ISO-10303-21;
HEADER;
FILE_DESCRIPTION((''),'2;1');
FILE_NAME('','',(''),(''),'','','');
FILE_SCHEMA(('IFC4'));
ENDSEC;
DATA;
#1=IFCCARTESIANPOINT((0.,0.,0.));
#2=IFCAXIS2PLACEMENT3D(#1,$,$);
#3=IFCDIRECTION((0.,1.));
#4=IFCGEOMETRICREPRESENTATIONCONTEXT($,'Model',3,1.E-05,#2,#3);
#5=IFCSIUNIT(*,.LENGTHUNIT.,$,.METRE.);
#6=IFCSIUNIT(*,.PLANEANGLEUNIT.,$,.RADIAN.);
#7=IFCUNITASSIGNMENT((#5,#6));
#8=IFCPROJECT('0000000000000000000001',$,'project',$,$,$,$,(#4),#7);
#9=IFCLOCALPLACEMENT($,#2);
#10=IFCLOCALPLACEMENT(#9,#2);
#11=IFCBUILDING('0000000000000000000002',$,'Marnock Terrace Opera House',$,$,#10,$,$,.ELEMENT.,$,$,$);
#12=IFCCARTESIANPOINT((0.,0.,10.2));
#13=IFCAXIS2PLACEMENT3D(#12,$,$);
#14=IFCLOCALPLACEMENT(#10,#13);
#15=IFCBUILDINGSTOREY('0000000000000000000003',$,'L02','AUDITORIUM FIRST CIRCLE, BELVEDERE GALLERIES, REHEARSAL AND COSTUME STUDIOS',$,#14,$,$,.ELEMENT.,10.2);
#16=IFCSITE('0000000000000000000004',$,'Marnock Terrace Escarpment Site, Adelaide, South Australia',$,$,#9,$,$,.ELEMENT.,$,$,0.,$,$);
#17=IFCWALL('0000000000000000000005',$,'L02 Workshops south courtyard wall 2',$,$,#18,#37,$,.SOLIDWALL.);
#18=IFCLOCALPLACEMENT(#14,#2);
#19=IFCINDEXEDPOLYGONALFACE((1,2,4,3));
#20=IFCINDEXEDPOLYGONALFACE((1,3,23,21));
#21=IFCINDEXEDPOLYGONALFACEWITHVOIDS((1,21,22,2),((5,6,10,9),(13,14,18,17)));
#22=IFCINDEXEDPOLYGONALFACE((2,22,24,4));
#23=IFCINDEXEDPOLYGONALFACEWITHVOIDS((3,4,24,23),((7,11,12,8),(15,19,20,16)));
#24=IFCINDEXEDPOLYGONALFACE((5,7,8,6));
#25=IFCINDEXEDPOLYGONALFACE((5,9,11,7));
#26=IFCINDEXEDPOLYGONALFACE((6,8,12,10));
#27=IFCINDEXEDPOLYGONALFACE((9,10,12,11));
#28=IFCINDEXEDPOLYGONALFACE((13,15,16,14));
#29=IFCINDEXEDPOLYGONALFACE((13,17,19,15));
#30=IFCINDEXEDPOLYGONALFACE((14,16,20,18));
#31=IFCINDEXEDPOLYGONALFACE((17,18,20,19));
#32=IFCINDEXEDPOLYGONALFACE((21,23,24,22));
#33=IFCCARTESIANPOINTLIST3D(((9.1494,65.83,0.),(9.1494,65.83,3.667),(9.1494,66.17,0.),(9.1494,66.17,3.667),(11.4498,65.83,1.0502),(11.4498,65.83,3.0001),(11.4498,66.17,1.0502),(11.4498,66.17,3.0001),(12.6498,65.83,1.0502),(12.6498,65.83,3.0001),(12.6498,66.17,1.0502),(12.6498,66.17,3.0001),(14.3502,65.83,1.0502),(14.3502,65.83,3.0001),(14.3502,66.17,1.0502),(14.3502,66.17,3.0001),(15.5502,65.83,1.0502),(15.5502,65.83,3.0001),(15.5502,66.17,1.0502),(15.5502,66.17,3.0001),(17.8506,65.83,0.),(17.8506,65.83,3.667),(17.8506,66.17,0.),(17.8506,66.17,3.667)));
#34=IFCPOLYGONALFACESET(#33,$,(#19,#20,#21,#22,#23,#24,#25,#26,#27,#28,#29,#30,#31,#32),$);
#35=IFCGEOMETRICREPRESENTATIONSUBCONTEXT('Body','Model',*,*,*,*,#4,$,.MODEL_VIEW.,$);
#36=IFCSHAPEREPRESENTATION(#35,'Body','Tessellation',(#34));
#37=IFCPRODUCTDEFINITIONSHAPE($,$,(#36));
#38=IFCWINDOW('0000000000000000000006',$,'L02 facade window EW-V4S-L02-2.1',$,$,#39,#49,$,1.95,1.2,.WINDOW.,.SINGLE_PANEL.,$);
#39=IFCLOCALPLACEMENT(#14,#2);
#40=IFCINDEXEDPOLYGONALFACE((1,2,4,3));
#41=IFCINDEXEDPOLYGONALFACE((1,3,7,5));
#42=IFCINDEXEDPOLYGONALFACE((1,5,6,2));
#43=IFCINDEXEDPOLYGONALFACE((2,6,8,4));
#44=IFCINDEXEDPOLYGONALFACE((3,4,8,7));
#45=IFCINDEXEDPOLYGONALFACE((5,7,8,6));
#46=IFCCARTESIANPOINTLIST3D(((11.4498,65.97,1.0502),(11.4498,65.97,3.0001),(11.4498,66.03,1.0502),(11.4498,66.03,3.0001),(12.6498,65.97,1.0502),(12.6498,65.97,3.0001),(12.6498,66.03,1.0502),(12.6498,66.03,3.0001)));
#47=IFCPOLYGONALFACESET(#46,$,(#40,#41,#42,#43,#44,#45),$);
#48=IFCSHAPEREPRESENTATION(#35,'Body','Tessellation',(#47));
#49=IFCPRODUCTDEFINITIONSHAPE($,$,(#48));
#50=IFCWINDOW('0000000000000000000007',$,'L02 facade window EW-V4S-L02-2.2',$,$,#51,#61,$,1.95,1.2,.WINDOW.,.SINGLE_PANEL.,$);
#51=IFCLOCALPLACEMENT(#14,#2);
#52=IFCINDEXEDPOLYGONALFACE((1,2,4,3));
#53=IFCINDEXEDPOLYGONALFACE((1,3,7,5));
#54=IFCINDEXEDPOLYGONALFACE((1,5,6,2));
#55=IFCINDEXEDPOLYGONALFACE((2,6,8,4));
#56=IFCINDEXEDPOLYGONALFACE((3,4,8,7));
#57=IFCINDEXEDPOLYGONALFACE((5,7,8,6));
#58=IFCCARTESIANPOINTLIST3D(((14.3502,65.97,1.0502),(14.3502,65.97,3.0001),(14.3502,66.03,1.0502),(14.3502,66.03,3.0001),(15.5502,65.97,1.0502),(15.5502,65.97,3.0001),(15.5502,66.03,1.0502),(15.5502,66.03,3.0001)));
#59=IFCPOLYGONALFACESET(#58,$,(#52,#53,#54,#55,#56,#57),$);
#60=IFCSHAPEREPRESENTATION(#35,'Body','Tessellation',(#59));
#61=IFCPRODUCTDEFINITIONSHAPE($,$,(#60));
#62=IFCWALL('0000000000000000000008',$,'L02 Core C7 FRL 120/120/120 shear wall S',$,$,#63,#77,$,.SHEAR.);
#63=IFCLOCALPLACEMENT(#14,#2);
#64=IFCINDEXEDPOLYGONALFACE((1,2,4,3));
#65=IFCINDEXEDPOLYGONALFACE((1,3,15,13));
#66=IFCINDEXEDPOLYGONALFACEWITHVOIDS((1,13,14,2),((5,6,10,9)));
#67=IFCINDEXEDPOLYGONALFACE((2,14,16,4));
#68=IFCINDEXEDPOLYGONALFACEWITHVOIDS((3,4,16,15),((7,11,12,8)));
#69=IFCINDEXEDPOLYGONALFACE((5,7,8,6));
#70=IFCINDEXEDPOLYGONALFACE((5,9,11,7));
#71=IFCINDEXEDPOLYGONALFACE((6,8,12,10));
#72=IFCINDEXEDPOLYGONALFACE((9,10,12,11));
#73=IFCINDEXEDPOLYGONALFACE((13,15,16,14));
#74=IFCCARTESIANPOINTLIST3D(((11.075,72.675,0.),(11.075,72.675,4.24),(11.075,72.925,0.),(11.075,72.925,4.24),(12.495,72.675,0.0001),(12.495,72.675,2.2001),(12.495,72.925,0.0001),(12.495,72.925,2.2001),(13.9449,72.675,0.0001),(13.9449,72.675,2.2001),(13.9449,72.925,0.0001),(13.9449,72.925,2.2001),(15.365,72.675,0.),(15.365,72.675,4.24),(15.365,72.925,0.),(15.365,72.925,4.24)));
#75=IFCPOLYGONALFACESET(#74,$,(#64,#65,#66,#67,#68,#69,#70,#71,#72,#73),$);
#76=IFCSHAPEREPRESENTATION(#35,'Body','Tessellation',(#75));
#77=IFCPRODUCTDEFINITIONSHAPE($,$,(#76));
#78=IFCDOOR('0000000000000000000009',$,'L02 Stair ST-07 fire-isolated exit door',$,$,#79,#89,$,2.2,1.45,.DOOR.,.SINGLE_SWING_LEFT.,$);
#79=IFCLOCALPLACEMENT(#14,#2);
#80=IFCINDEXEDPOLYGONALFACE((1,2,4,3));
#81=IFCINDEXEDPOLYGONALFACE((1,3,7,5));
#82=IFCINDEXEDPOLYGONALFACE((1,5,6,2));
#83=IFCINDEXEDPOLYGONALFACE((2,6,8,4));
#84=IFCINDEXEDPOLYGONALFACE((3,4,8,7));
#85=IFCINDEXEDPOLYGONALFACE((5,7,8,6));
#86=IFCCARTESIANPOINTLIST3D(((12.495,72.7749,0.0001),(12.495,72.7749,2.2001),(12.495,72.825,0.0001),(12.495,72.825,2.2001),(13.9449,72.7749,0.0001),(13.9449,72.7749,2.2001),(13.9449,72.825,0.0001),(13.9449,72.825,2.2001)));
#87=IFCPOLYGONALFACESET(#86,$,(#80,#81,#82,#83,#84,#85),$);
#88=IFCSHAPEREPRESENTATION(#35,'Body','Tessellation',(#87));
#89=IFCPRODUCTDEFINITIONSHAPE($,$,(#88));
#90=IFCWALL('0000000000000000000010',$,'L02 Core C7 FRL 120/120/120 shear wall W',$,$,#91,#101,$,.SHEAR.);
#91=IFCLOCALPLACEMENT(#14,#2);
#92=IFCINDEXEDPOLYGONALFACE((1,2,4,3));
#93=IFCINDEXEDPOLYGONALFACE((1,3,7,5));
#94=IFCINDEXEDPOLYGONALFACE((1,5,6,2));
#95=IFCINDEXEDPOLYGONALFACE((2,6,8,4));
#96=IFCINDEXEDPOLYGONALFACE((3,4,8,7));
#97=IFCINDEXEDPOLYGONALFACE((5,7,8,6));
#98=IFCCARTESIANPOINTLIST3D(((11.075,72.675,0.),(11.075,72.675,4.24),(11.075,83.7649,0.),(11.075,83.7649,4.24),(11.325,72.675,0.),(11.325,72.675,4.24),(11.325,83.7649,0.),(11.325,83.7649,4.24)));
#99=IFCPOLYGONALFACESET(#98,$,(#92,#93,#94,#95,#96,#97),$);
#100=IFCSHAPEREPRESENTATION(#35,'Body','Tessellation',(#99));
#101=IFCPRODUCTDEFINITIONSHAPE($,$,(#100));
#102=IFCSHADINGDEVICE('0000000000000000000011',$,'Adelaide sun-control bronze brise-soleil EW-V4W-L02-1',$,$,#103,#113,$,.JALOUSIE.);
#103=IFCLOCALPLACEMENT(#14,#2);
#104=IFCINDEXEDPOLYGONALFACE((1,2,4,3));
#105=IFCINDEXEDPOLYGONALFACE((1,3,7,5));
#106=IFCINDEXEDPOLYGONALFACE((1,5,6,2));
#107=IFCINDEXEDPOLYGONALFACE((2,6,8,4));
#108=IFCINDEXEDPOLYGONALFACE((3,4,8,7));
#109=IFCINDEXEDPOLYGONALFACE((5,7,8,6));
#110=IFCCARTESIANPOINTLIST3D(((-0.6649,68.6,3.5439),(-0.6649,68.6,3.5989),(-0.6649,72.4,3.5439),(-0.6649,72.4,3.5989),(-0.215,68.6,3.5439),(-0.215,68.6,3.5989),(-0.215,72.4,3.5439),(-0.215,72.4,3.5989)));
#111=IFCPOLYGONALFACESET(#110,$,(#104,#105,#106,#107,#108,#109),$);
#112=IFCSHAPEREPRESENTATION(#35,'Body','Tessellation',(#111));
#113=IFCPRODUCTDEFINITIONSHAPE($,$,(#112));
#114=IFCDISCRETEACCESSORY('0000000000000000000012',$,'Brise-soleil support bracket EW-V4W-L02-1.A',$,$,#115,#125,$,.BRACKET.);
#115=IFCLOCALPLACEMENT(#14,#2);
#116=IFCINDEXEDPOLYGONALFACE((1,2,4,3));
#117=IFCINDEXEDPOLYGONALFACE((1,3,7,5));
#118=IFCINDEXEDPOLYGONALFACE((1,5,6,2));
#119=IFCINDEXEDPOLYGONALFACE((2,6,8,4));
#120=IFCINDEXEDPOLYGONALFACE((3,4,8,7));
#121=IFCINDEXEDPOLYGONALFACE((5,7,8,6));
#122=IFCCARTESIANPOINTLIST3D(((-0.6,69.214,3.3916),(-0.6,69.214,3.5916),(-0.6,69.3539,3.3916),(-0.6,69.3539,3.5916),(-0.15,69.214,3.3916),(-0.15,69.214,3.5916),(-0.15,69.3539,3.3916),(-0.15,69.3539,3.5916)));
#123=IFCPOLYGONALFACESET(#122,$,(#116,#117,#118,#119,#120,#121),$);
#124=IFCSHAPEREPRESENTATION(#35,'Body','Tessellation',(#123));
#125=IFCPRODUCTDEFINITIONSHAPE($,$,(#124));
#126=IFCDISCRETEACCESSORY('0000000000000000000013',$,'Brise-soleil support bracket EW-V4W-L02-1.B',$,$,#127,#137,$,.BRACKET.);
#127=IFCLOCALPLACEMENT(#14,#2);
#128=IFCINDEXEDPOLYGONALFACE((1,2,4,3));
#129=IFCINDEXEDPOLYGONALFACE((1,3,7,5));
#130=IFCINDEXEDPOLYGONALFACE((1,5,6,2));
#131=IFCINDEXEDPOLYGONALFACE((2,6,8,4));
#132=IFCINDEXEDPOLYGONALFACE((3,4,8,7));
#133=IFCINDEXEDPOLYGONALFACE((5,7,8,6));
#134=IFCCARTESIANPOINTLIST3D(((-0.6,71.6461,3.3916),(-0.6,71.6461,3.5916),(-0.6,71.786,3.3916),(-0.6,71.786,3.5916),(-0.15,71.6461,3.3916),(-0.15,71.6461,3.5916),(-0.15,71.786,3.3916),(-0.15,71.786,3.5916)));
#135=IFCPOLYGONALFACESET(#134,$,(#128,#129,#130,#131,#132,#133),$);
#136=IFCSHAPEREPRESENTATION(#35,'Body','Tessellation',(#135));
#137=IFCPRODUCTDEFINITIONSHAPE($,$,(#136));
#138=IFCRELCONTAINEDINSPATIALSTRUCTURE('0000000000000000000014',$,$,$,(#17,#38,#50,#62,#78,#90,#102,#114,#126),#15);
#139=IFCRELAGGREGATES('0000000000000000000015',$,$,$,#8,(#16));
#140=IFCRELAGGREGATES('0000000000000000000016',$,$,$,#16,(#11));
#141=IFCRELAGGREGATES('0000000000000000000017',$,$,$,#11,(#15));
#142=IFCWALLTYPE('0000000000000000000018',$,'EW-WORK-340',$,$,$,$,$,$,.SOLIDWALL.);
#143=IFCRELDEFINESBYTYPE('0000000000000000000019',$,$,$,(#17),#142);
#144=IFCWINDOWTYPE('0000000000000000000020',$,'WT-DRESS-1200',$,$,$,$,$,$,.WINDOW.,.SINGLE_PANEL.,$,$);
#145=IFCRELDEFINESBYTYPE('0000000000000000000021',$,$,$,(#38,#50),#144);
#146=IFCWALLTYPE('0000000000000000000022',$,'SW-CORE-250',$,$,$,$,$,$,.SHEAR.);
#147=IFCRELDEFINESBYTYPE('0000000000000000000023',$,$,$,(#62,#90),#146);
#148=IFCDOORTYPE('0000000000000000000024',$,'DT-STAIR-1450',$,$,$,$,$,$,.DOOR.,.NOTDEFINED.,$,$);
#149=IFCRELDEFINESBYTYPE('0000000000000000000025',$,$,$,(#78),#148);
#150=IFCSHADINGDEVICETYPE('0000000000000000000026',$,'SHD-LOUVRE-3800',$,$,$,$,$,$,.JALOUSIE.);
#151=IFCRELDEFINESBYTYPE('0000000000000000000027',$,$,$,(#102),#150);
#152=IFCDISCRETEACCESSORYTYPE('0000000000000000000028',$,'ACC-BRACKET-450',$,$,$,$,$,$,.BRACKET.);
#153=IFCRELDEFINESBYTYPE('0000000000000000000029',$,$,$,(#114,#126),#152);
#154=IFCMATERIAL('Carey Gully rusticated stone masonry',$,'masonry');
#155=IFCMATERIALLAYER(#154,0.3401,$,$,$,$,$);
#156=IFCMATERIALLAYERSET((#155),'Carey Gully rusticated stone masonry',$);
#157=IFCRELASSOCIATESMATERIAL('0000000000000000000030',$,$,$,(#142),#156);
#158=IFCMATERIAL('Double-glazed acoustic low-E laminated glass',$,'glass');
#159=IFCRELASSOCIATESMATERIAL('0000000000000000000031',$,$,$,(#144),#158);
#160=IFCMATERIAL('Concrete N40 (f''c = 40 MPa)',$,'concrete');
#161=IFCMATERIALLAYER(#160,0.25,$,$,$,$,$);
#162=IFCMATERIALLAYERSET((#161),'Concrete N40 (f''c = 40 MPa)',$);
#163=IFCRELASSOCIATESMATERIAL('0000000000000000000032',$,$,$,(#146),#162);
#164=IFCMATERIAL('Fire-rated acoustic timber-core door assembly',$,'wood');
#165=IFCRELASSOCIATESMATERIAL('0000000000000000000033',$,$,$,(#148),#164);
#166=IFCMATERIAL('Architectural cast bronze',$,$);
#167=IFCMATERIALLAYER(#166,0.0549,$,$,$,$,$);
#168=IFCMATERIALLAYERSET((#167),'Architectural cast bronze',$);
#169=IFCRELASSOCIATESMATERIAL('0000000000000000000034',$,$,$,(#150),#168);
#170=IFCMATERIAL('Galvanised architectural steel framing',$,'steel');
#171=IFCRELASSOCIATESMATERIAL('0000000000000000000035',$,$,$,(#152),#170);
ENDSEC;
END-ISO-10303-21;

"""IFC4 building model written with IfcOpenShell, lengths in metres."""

from ifc_helpers import new_model, si_unit, direction, frame, frame_2d, origin, origin_2d, place, context, subcontext, project, spatial, rectangle, extrude, material, layer, layer_set, type_object, element, fill, save


model = new_model("IFC4")

# Units and contexts
model_context = context("Model", 3, precision=1e-05, world=origin(), true_north=direction((0.0, 1.0)))
body_context = subcontext(model_context, "Body", "Model", "MODEL_VIEW")
ifc_project = project(units=[si_unit("LENGTHUNIT", "METRE"), si_unit("PLANEANGLEUNIT", "RADIAN")], contexts=[model_context])

# Site, building, storey
site_placement = place(None, origin())
site = spatial("IfcSite", under=ifc_project, at=site_placement, Name="Marnock Terrace Escarpment Site, Adelaide, South Australia", CompositionType="ELEMENT", RefElevation=0.0)
building_placement = place(site_placement, origin())
building = spatial("IfcBuilding", under=site, at=building_placement, Name="Marnock Terrace Opera House", CompositionType="ELEMENT")
storey_placement = place(building_placement, frame((0.0, 0.0, 10.2)))
storey = spatial("IfcBuildingStorey", under=building, at=storey_placement, Name="L02", Description="AUDITORIUM FIRST CIRCLE, BELVEDERE GALLERIES, REHEARSAL AND COSTUME STUDIOS", CompositionType="ELEMENT", Elevation=10.2)

# Shared definitions
ifc_material_1 = material(Name="Concrete N40 (f'c = 40 MPa)", Category="concrete")

# Shared definitions
ifc_material_2 = material(Name="Carey Gully rusticated stone masonry", Category="masonry")
ifc_layer_1 = layer(ifc_material_2, 0.3401)
ifc_layer_set_1 = layer_set([ifc_layer_1], Name="Carey Gully rusticated stone masonry")
wall_type_1 = type_object("IfcWallType", Name="EW-WORK-340", PredefinedType="SOLIDWALL", material=ifc_layer_set_1)
ifc_material_3 = material(Name="Double-glazed acoustic low-E laminated glass", Category="glass")

# Wall, openings, windows
window_type_1 = type_object("IfcWindowType", Name="WT-DRESS-1200", PartitioningType="SINGLE_PANEL", PredefinedType="WINDOW", material=ifc_material_3)
wall_1_placement = place(storey_placement, frame((9.1494, 66.0, 0.0), z_axis=(0.0, 0.0, 1.0), x_axis=(1.0, 0.0, 0.0)))
wall_1 = element("IfcWall", 1, at=wall_1_placement, inside=storey, type_object=wall_type_1, Name="L02 Workshops south courtyard wall 2", PredefinedType="SOLIDWALL", context=body_context, shape_type="SweptSolid", body=[
    extrude(rectangle(XDim=8.7012, YDim=0.3401, at=frame_2d((4.3506, 0.0))), origin(), (0.0, 0.0, 1.0), 3.667),
])
opening_1_placement = place(wall_1_placement, frame((2.3003, 0.0, 1.05)))
opening_1 = element("IfcOpeningElement", 2, at=opening_1_placement, cuts=wall_1, PredefinedType="OPENING", context=body_context, shape_type="SweptSolid", body=[
    extrude(rectangle(XDim=1.2, YDim=1.95, at=frame_2d((0.6001, 0.9751))), frame((0.0, 0.1799, 0.0), z_axis=(0.0, -1.0, 0.0), x_axis=(1.0, 0.0, 0.0)), (0.0, 0.0, 1.0), 0.3601),
])
opening_2_placement = place(wall_1_placement, frame((5.2007, 0.0, 1.05)))
opening_2 = element("IfcOpeningElement", 3, at=opening_2_placement, cuts=wall_1, PredefinedType="OPENING", context=body_context, shape_type="SweptSolid", body=[
    extrude(rectangle(XDim=1.2, YDim=1.95, at=frame_2d((0.6001, 0.9751))), frame((0.0, 0.1799, 0.0), z_axis=(0.0, -1.0, 0.0), x_axis=(1.0, 0.0, 0.0)), (0.0, 0.0, 1.0), 0.3601),
])
window_1_placement = place(opening_1_placement, origin())
window_1 = element("IfcWindow", 4, at=window_1_placement, inside=storey, type_object=window_type_1, Name="L02 facade window EW-V4S-L02-2.1", OverallHeight=1.95, OverallWidth=1.2, PartitioningType="SINGLE_PANEL", PredefinedType="WINDOW", context=body_context, shape_type="SweptSolid", body=[
    extrude(rectangle(XDim=1.2, YDim=1.95, at=frame_2d((0.6001, 0.9751))), frame((0.0, 0.03, 0.0), z_axis=(0.0, -1.0, 0.0), x_axis=(1.0, 0.0, 0.0)), (0.0, 0.0, 1.0), 0.0601),
])
fill(opening_1, window_1)
window_2_placement = place(opening_2_placement, origin())
window_2 = element("IfcWindow", 5, at=window_2_placement, inside=storey, type_object=window_type_1, Name="L02 facade window EW-V4S-L02-2.2", OverallHeight=1.95, OverallWidth=1.2, PartitioningType="SINGLE_PANEL", PredefinedType="WINDOW", context=body_context, shape_type="SweptSolid", body=[
    extrude(rectangle(XDim=1.2, YDim=1.95, at=frame_2d((0.6001, 0.9751))), frame((0.0, 0.03, 0.0), z_axis=(0.0, -1.0, 0.0), x_axis=(1.0, 0.0, 0.0)), (0.0, 0.0, 1.0), 0.0601),
])
fill(opening_2, window_2)

# Wall, opening, door
ifc_layer_2 = layer(ifc_material_1, 0.25)
ifc_layer_set_2 = layer_set([ifc_layer_2], Name="Concrete N40 (f'c = 40 MPa)")
wall_type_2 = type_object("IfcWallType", Name="SW-CORE-250", PredefinedType="SHEAR", material=ifc_layer_set_2)
wall_2_placement = place(storey_placement, frame((11.075, 72.8, 0.0), z_axis=(0.0, 0.0, 1.0), x_axis=(1.0, 0.0, 0.0)))
wall_2 = element("IfcWall", 6, at=wall_2_placement, inside=storey, type_object=wall_type_2, Name="L02 Core C7 FRL 120/120/120 shear wall S", PredefinedType="SHEAR", context=body_context, shape_type="SweptSolid", body=[
    extrude(rectangle(XDim=4.29, YDim=0.25, at=frame_2d((2.145, 0.0))), origin(), (0.0, 0.0, 1.0), 4.24),
])
opening_3_placement = place(wall_2_placement, frame((1.4199, 0.0, 0.0)))
opening_3 = element("IfcOpeningElement", 7, at=opening_3_placement, cuts=wall_2, PredefinedType="OPENING", context=body_context, shape_type="SweptSolid", body=[
    extrude(rectangle(XDim=1.45, YDim=2.2, at=frame_2d((0.7251, 1.1001))), frame((0.0, 0.135, 0.0), z_axis=(0.0, -1.0, 0.0), x_axis=(1.0, 0.0, 0.0)), (0.0, 0.0, 1.0), 0.27),
])
ifc_material_4 = material(Name="Fire-rated acoustic timber-core door assembly", Category="wood")
door_type = type_object("IfcDoorType", Name="DT-STAIR-1450", OperationType="NOTDEFINED", PredefinedType="DOOR", material=ifc_material_4)
door_placement = place(opening_3_placement, origin())
door = element("IfcDoor", 8, at=door_placement, inside=storey, type_object=door_type, Name="L02 Stair ST-07 fire-isolated exit door", OperationType="SINGLE_SWING_LEFT", OverallHeight=2.2, OverallWidth=1.45, PredefinedType="DOOR", context=body_context, shape_type="SweptSolid", body=[
    extrude(rectangle(XDim=1.45, YDim=2.2, at=frame_2d((0.7251, 1.1001))), frame((0.0, 0.0249, 0.0), z_axis=(0.0, -1.0, 0.0), x_axis=(1.0, 0.0, 0.0)), (0.0, 0.0, 1.0), 0.05),
])
fill(opening_3, door)

# Wall
wall_3_placement = place(storey_placement, frame((11.2, 72.675, 0.0), z_axis=(0.0, 0.0, 1.0), x_axis=(0.0, 1.0, 0.0)))
element("IfcWall", 9, at=wall_3_placement, inside=storey, type_object=wall_type_2, Name="L02 Core C7 FRL 120/120/120 shear wall W", PredefinedType="SHEAR", context=body_context, shape_type="SweptSolid", body=[
    extrude(rectangle(XDim=11.0898, YDim=0.25, at=frame_2d((5.5449, 0.0))), origin(), (0.0, 0.0, 1.0), 4.24),
])

# Shading device
ifc_material_5 = material(Name="Architectural cast bronze")
ifc_layer_3 = layer(ifc_material_5, 0.0549)
ifc_layer_set_3 = layer_set([ifc_layer_3], Name="Architectural cast bronze")
shading_device_type = type_object("IfcShadingDeviceType", Name="SHD-LOUVRE-3800", PredefinedType="JALOUSIE", material=ifc_layer_set_3)
shading_device_placement = place(storey_placement, frame((-0.4399, 70.5, 3.5439), z_axis=(0.0, 0.0, 1.0), x_axis=(0.0, 1.0, 0.0)))
element("IfcShadingDevice", 10, at=shading_device_placement, inside=storey, type_object=shading_device_type, Name="Adelaide sun-control bronze brise-soleil EW-V4W-L02-1", PredefinedType="JALOUSIE", context=body_context, shape_type="SweptSolid", body=[
    extrude(rectangle(XDim=3.8, YDim=0.45, at=origin_2d()), origin(), (0.0, 0.0, 1.0), 0.0549),
])

# Discrete accessories
ifc_material_6 = material(Name="Galvanised architectural steel framing", Category="steel")
discrete_accessory_type = type_object("IfcDiscreteAccessoryType", Name="ACC-BRACKET-450", PredefinedType="BRACKET", material=ifc_material_6)
for number, where, z_axis, x_axis, name in (
    (11, (-0.375, 69.2839, 3.3916), (0.0, 0.0, 1.0), (0.0, 1.0, 0.0), "Brise-soleil support bracket EW-V4W-L02-1.A"),
    (12, (-0.375, 71.7161, 3.3916), (0.0, 0.0, 1.0), (0.0, 1.0, 0.0), "Brise-soleil support bracket EW-V4W-L02-1.B"),
):
    element("IfcDiscreteAccessory", number, at=place(storey_placement, frame(where, z_axis=z_axis, x_axis=x_axis)), inside=storey, type_object=discrete_accessory_type, Name=name, PredefinedType="BRACKET", context=body_context, shape_type="SweptSolid", body=[
        extrude(rectangle(XDim=0.1399, YDim=0.45, at=origin_2d()), origin(), (0.0, 0.0, 1.0), 0.2),
    ])

save(model, "model.ifc")
